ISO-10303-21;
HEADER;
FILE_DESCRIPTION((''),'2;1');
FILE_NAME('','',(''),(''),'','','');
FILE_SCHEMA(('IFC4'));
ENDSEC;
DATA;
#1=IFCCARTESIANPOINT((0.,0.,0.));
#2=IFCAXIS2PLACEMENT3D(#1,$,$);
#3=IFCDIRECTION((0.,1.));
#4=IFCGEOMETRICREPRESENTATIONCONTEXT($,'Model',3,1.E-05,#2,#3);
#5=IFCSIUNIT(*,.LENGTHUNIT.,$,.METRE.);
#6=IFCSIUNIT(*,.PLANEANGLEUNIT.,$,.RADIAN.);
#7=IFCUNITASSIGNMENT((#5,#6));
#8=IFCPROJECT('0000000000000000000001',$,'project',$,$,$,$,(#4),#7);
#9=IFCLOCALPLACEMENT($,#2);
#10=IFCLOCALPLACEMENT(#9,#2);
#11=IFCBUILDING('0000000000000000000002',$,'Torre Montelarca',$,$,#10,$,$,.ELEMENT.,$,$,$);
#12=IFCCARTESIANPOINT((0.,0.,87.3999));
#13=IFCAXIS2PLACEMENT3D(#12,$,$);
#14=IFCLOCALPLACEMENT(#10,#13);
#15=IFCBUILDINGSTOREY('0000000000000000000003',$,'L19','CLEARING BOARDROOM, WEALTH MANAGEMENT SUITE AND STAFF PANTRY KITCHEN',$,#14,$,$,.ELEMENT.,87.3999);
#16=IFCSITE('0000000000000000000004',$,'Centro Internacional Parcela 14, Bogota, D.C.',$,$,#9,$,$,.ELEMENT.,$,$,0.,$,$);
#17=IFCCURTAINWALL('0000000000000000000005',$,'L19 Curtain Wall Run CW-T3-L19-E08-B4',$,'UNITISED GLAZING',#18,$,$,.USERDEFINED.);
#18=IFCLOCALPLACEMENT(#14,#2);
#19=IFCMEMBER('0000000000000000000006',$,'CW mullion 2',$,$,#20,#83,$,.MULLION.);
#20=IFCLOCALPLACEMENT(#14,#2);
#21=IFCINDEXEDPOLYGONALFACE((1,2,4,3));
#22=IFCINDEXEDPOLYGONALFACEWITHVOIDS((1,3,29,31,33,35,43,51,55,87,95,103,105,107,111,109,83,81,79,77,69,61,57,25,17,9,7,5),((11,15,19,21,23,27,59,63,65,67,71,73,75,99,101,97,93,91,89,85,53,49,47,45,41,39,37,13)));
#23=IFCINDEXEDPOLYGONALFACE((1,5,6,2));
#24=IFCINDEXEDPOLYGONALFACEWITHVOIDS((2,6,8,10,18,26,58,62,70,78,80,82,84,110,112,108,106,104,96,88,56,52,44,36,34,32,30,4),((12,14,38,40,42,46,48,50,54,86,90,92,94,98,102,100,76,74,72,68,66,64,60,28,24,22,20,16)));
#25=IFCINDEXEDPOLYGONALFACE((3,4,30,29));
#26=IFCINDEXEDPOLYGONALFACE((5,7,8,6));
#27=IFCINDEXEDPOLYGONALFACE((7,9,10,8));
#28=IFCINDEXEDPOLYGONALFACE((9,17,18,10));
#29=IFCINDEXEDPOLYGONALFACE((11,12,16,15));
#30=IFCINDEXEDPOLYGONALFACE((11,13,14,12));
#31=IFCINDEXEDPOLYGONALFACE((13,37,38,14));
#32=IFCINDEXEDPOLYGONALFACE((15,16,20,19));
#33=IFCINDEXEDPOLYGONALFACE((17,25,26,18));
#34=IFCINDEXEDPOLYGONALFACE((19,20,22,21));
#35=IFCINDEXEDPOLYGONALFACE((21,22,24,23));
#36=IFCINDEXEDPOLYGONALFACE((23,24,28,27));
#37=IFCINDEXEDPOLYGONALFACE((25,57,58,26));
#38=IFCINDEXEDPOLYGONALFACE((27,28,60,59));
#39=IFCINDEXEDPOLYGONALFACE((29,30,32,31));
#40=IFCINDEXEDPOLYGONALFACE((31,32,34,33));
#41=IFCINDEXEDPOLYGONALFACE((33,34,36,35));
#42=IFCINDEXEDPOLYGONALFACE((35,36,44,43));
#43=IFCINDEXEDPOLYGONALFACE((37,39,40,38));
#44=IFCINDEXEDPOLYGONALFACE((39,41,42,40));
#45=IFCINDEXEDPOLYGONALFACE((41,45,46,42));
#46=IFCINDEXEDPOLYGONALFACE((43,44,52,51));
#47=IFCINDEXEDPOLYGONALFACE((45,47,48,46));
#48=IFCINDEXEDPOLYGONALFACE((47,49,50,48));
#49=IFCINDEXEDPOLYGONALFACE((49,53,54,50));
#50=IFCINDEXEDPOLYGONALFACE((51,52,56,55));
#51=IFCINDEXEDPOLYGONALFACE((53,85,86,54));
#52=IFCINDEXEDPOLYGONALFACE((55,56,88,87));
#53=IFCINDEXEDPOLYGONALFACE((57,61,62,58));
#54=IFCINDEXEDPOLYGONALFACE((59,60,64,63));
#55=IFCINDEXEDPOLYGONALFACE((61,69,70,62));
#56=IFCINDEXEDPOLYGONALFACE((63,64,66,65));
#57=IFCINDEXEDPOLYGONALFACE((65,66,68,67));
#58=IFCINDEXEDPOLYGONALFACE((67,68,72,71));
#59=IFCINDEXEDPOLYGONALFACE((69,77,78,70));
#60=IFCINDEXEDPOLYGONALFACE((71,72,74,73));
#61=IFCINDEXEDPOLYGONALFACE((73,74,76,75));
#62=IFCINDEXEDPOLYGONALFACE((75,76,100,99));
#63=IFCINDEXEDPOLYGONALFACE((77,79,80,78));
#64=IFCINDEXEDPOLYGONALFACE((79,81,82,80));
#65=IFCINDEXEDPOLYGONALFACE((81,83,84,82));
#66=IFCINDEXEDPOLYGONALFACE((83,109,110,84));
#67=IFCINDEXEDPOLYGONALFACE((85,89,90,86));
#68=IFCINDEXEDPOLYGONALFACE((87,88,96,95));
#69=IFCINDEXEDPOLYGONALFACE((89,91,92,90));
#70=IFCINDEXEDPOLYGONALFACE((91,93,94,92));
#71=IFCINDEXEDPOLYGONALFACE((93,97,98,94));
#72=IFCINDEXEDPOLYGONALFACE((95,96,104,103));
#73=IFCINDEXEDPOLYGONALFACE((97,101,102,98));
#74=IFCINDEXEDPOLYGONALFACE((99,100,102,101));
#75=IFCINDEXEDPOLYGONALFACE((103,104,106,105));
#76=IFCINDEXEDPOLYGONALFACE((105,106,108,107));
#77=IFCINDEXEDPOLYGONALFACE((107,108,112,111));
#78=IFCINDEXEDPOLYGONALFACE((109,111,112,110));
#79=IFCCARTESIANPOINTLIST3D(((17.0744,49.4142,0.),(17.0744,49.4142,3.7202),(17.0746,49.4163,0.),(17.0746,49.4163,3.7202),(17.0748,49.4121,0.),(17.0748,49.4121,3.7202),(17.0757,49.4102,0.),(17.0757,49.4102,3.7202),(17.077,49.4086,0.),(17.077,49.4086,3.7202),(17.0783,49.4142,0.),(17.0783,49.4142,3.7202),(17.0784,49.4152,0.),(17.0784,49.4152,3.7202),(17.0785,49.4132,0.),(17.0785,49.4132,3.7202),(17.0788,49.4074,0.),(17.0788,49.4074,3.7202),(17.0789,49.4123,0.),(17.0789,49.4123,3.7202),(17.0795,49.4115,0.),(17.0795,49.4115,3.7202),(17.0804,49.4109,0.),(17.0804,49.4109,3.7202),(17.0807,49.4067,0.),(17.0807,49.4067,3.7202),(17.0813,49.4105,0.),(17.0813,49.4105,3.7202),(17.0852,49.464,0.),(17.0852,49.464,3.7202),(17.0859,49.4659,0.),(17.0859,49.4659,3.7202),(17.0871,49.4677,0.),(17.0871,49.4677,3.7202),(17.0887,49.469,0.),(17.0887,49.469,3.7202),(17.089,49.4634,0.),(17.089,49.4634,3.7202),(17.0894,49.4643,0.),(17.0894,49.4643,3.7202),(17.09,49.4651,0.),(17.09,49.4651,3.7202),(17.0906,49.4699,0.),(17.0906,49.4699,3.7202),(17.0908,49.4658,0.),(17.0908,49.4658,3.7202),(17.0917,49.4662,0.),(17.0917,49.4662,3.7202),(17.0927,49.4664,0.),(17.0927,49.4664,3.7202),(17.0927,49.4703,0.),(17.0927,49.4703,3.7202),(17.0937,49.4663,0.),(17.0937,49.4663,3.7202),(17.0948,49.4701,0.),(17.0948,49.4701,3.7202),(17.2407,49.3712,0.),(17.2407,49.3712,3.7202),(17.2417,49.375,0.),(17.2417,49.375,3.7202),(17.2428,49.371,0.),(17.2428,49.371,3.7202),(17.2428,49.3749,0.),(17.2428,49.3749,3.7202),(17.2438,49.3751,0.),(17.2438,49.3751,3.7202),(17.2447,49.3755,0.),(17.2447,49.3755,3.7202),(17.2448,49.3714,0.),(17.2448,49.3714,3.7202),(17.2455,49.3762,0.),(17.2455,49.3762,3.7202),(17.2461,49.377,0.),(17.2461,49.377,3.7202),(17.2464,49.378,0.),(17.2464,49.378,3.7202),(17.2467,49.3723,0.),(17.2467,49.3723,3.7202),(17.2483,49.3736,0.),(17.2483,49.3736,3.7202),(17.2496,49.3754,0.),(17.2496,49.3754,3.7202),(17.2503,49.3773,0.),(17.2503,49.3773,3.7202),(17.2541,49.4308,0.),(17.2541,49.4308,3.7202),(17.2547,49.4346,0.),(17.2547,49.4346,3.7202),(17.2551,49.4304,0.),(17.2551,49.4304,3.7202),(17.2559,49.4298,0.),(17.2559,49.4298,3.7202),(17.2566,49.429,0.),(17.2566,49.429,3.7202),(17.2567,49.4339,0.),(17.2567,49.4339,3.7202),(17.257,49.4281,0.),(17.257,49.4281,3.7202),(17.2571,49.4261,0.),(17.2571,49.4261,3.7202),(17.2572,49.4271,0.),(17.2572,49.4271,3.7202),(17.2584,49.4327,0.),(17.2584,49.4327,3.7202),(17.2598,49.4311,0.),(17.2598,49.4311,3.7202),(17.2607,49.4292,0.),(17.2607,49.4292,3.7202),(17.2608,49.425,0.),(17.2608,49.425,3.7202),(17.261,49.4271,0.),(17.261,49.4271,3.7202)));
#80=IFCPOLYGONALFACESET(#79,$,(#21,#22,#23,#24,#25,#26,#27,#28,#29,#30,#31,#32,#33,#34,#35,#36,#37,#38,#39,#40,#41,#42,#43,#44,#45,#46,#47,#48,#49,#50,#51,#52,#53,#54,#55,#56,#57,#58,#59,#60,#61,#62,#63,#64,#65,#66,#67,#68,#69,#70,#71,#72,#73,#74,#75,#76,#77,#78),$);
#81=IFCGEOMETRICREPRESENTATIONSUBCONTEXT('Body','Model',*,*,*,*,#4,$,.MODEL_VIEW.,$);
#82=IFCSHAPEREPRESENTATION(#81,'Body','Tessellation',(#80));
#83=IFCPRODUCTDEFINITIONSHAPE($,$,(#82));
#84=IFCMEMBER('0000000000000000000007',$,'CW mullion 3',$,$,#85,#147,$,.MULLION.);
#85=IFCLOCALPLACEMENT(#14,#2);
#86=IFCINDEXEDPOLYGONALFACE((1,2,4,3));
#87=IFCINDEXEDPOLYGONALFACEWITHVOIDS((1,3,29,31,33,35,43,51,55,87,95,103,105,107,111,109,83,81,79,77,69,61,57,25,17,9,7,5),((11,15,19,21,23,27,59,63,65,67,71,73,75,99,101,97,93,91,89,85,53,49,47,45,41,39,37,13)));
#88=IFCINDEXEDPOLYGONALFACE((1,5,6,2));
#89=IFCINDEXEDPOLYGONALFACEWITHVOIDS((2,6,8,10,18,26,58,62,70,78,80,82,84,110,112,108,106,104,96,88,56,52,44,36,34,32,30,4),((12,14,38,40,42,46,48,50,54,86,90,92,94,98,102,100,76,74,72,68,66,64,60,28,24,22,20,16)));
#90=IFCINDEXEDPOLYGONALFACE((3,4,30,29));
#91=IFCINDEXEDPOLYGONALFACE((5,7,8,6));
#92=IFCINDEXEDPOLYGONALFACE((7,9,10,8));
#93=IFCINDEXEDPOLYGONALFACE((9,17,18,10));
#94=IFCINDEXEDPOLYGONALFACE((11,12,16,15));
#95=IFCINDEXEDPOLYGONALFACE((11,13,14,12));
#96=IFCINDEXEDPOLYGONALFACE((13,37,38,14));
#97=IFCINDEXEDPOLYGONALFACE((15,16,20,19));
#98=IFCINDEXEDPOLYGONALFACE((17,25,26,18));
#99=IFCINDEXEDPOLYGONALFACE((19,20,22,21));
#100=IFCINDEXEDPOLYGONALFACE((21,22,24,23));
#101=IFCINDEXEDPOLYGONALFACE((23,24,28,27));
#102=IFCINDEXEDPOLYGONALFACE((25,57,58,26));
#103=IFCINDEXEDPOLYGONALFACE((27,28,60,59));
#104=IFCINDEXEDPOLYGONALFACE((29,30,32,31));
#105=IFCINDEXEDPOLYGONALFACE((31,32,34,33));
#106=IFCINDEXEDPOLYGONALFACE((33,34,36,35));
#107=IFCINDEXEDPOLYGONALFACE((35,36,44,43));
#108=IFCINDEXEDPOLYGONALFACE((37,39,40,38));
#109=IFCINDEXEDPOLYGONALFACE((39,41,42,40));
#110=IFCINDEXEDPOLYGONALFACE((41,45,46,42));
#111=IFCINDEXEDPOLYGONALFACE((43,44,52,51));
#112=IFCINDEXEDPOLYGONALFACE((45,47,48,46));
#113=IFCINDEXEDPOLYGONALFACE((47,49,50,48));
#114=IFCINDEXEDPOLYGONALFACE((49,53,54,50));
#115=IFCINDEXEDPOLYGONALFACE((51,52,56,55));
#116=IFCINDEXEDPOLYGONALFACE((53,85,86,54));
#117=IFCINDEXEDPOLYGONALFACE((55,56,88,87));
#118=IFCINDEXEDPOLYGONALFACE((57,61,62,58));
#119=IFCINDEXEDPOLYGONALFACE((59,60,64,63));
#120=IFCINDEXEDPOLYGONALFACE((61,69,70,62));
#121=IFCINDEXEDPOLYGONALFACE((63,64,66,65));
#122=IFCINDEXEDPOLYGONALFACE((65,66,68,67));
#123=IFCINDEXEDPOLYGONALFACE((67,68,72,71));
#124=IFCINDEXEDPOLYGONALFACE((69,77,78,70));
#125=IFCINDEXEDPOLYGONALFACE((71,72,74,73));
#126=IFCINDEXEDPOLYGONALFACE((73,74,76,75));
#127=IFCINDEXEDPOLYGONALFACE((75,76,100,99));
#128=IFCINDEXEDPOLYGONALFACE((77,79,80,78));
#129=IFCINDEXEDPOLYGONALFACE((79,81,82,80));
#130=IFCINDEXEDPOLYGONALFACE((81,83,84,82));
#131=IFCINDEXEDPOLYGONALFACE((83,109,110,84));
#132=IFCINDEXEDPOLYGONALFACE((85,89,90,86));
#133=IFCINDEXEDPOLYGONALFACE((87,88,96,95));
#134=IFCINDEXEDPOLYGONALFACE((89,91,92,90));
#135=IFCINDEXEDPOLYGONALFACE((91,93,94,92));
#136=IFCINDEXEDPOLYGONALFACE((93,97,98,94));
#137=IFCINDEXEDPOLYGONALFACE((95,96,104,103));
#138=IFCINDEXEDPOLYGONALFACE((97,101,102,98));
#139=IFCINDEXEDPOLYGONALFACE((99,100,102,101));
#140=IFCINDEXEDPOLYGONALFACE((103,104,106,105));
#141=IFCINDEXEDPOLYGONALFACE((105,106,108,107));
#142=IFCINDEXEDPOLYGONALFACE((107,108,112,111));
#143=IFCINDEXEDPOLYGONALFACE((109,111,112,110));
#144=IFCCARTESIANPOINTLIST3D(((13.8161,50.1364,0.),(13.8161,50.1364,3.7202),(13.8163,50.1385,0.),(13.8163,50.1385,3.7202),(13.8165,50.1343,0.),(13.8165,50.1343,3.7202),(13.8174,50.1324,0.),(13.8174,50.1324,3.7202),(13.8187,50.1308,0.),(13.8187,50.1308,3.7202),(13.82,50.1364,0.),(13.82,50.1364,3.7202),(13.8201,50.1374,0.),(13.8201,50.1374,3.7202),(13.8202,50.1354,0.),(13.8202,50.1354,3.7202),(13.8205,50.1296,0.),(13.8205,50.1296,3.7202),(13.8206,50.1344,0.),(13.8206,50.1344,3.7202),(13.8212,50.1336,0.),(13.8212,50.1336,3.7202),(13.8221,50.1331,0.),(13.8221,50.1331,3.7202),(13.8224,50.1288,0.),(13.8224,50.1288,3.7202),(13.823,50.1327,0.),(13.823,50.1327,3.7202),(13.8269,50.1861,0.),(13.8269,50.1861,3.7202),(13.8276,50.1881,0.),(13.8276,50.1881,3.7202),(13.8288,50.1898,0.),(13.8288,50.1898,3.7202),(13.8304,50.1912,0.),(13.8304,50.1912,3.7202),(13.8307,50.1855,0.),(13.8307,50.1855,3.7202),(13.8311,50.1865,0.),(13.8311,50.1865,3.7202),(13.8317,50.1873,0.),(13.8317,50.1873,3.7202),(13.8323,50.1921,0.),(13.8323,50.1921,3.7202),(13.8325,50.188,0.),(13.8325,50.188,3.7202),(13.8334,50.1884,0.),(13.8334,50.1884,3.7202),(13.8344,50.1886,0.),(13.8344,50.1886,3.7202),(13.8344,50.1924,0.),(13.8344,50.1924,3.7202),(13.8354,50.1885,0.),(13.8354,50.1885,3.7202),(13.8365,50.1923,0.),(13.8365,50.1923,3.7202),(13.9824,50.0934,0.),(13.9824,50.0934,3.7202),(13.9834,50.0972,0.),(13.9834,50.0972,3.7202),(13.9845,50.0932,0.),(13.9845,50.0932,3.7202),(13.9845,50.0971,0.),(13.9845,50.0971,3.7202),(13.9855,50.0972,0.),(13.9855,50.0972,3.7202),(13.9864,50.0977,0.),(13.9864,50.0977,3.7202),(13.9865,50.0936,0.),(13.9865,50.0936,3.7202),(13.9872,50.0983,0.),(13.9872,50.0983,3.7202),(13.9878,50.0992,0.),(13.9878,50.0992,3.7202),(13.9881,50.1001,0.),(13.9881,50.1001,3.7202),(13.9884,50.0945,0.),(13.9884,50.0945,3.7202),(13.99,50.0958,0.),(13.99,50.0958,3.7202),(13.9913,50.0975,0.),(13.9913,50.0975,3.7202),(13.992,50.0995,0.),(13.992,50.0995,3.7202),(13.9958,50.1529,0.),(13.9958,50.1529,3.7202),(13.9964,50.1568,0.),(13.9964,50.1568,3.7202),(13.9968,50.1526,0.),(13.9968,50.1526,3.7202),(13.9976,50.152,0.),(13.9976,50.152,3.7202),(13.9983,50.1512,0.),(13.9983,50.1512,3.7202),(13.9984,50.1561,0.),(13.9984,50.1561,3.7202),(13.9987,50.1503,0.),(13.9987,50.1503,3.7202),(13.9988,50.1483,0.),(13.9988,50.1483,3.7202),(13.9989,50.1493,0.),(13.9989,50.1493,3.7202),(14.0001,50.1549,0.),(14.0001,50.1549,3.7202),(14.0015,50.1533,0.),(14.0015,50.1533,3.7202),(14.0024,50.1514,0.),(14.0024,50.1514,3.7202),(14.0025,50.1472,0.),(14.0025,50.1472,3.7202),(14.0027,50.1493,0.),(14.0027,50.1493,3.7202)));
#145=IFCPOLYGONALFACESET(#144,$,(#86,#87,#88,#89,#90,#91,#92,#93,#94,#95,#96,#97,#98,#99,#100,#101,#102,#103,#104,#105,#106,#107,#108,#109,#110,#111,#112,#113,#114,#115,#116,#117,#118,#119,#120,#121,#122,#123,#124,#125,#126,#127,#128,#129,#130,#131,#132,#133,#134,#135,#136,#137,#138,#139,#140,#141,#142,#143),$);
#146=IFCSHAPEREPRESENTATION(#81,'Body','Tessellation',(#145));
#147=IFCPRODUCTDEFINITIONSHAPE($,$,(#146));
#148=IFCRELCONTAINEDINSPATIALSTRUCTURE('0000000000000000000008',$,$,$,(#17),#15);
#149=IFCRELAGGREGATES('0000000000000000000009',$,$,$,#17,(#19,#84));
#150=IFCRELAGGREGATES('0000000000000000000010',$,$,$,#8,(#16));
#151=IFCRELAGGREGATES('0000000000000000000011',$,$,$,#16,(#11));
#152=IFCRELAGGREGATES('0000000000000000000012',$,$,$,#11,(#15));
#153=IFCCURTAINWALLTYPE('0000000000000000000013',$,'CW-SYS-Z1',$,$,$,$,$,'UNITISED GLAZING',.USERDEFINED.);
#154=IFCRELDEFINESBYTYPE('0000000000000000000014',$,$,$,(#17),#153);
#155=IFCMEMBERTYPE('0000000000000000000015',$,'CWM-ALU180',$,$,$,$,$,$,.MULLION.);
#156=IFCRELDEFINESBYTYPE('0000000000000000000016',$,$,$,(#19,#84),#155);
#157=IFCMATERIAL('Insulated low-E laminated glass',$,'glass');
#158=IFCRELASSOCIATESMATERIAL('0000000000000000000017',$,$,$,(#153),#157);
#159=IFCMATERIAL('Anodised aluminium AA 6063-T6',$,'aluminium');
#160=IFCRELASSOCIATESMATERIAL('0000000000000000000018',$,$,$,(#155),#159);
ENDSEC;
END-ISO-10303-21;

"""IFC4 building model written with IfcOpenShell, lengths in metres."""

from ifc_helpers import new_model, si_unit, direction, frame, origin, origin_2d, place, context, subcontext, project, spatial, hollow_rectangle, extrude, source, transform, mapped, material, material_profile, profile_set, type_object, element, aggregate, save


model = new_model("IFC4")

# Units and contexts
model_context = context("Model", 3, precision=1e-05, world=origin(), true_north=direction((0.0, 1.0)))
body_context = subcontext(model_context, "Body", "Model", "MODEL_VIEW")
ifc_project = project(units=[si_unit("LENGTHUNIT", "METRE"), si_unit("PLANEANGLEUNIT", "RADIAN")], contexts=[model_context])

# Site, building, storey
site_placement = place(None, origin())
site = spatial("IfcSite", under=ifc_project, at=site_placement, Name="Centro Internacional Parcela 14, Bogota, D.C.", CompositionType="ELEMENT", RefElevation=0.0)
building_placement = place(site_placement, origin())
building = spatial("IfcBuilding", under=site, at=building_placement, Name="Torre Montelarca", CompositionType="ELEMENT")
storey_placement = place(building_placement, frame((0.0, 0.0, 87.3999)))
storey = spatial("IfcBuildingStorey", under=building, at=storey_placement, Name="L19", Description="CLEARING BOARDROOM, WEALTH MANAGEMENT SUITE AND STAFF PANTRY KITCHEN", CompositionType="ELEMENT", Elevation=87.3999)

# Curtain wall
ifc_material_1 = material(Name="Insulated low-E laminated glass", Category="glass")
curtain_wall_type = type_object("IfcCurtainWallType", Name="CW-SYS-Z1", ElementType="UNITISED GLAZING", PredefinedType="USERDEFINED", material=ifc_material_1)
curtain_wall_1_placement = place(storey_placement, origin())
curtain_wall_1 = element("IfcCurtainWall", 1, at=curtain_wall_1_placement, inside=storey, type_object=curtain_wall_type, Name="L19 Curtain Wall Run CW-T3-L19-E08-B4", ObjectType="UNITISED GLAZING", PredefinedType="USERDEFINED")
ifc_material_2 = material(Name="Anodised aluminium AA 6063-T6", Category="aluminium")

# Members
ifc_material_profile_1 = material_profile(ifc_material_2, hollow_rectangle(XDim=0.0649, YDim=0.1799, WallThickness=0.0039, InnerFilletRadius=0.0039, OuterFilletRadius=0.0081, at=origin_2d()), Name="ALU65X180X4", Category="aluminium")
ifc_profile_set_1 = profile_set([ifc_material_profile_1], Name="Anodised aluminium AA 6063-T6")
member_type_1 = type_object("IfcMemberType", Name="CWM-ALU180", PredefinedType="MULLION", material=ifc_profile_set_1)
shared_shape_1 = source(origin(), body_context, "Body", "SweptSolid", [
    extrude(hollow_rectangle(XDim=0.0649, YDim=0.1799, WallThickness=0.0039, InnerFilletRadius=0.0039, OuterFilletRadius=0.0081, at=origin_2d()), origin(), (0.0, 0.0, 1.0), 3.7202),
])
member_1_placement = place(storey_placement, frame((17.1677, 49.4207, 0.0), z_axis=(0.0, 0.0, 1.0), x_axis=(-0.216426, -0.976299, 0.0)))
member_1 = element("IfcMember", 2, at=member_1_placement, type_object=member_type_1, Name="CW mullion 2", PredefinedType="MULLION", context=body_context, shape_type="MappedRepresentation", body=[
    mapped(shared_shape_1, transform((0.0, 0.0, 0.0), scale=1.0)),
])
member_2_placement = place(storey_placement, frame((13.9094, 50.1428, 0.0), z_axis=(0.0, 0.0, 1.0), x_axis=(-0.216426, -0.976299, 0.0)))
member_2 = element("IfcMember", 3, at=member_2_placement, type_object=member_type_1, Name="CW mullion 3", PredefinedType="MULLION", context=body_context, shape_type="MappedRepresentation", body=[
    mapped(shared_shape_1, transform((0.0, 0.0, 0.0), scale=1.0)),
])

aggregate(curtain_wall_1, [member_1, member_2])

save(model, "model.ifc")
